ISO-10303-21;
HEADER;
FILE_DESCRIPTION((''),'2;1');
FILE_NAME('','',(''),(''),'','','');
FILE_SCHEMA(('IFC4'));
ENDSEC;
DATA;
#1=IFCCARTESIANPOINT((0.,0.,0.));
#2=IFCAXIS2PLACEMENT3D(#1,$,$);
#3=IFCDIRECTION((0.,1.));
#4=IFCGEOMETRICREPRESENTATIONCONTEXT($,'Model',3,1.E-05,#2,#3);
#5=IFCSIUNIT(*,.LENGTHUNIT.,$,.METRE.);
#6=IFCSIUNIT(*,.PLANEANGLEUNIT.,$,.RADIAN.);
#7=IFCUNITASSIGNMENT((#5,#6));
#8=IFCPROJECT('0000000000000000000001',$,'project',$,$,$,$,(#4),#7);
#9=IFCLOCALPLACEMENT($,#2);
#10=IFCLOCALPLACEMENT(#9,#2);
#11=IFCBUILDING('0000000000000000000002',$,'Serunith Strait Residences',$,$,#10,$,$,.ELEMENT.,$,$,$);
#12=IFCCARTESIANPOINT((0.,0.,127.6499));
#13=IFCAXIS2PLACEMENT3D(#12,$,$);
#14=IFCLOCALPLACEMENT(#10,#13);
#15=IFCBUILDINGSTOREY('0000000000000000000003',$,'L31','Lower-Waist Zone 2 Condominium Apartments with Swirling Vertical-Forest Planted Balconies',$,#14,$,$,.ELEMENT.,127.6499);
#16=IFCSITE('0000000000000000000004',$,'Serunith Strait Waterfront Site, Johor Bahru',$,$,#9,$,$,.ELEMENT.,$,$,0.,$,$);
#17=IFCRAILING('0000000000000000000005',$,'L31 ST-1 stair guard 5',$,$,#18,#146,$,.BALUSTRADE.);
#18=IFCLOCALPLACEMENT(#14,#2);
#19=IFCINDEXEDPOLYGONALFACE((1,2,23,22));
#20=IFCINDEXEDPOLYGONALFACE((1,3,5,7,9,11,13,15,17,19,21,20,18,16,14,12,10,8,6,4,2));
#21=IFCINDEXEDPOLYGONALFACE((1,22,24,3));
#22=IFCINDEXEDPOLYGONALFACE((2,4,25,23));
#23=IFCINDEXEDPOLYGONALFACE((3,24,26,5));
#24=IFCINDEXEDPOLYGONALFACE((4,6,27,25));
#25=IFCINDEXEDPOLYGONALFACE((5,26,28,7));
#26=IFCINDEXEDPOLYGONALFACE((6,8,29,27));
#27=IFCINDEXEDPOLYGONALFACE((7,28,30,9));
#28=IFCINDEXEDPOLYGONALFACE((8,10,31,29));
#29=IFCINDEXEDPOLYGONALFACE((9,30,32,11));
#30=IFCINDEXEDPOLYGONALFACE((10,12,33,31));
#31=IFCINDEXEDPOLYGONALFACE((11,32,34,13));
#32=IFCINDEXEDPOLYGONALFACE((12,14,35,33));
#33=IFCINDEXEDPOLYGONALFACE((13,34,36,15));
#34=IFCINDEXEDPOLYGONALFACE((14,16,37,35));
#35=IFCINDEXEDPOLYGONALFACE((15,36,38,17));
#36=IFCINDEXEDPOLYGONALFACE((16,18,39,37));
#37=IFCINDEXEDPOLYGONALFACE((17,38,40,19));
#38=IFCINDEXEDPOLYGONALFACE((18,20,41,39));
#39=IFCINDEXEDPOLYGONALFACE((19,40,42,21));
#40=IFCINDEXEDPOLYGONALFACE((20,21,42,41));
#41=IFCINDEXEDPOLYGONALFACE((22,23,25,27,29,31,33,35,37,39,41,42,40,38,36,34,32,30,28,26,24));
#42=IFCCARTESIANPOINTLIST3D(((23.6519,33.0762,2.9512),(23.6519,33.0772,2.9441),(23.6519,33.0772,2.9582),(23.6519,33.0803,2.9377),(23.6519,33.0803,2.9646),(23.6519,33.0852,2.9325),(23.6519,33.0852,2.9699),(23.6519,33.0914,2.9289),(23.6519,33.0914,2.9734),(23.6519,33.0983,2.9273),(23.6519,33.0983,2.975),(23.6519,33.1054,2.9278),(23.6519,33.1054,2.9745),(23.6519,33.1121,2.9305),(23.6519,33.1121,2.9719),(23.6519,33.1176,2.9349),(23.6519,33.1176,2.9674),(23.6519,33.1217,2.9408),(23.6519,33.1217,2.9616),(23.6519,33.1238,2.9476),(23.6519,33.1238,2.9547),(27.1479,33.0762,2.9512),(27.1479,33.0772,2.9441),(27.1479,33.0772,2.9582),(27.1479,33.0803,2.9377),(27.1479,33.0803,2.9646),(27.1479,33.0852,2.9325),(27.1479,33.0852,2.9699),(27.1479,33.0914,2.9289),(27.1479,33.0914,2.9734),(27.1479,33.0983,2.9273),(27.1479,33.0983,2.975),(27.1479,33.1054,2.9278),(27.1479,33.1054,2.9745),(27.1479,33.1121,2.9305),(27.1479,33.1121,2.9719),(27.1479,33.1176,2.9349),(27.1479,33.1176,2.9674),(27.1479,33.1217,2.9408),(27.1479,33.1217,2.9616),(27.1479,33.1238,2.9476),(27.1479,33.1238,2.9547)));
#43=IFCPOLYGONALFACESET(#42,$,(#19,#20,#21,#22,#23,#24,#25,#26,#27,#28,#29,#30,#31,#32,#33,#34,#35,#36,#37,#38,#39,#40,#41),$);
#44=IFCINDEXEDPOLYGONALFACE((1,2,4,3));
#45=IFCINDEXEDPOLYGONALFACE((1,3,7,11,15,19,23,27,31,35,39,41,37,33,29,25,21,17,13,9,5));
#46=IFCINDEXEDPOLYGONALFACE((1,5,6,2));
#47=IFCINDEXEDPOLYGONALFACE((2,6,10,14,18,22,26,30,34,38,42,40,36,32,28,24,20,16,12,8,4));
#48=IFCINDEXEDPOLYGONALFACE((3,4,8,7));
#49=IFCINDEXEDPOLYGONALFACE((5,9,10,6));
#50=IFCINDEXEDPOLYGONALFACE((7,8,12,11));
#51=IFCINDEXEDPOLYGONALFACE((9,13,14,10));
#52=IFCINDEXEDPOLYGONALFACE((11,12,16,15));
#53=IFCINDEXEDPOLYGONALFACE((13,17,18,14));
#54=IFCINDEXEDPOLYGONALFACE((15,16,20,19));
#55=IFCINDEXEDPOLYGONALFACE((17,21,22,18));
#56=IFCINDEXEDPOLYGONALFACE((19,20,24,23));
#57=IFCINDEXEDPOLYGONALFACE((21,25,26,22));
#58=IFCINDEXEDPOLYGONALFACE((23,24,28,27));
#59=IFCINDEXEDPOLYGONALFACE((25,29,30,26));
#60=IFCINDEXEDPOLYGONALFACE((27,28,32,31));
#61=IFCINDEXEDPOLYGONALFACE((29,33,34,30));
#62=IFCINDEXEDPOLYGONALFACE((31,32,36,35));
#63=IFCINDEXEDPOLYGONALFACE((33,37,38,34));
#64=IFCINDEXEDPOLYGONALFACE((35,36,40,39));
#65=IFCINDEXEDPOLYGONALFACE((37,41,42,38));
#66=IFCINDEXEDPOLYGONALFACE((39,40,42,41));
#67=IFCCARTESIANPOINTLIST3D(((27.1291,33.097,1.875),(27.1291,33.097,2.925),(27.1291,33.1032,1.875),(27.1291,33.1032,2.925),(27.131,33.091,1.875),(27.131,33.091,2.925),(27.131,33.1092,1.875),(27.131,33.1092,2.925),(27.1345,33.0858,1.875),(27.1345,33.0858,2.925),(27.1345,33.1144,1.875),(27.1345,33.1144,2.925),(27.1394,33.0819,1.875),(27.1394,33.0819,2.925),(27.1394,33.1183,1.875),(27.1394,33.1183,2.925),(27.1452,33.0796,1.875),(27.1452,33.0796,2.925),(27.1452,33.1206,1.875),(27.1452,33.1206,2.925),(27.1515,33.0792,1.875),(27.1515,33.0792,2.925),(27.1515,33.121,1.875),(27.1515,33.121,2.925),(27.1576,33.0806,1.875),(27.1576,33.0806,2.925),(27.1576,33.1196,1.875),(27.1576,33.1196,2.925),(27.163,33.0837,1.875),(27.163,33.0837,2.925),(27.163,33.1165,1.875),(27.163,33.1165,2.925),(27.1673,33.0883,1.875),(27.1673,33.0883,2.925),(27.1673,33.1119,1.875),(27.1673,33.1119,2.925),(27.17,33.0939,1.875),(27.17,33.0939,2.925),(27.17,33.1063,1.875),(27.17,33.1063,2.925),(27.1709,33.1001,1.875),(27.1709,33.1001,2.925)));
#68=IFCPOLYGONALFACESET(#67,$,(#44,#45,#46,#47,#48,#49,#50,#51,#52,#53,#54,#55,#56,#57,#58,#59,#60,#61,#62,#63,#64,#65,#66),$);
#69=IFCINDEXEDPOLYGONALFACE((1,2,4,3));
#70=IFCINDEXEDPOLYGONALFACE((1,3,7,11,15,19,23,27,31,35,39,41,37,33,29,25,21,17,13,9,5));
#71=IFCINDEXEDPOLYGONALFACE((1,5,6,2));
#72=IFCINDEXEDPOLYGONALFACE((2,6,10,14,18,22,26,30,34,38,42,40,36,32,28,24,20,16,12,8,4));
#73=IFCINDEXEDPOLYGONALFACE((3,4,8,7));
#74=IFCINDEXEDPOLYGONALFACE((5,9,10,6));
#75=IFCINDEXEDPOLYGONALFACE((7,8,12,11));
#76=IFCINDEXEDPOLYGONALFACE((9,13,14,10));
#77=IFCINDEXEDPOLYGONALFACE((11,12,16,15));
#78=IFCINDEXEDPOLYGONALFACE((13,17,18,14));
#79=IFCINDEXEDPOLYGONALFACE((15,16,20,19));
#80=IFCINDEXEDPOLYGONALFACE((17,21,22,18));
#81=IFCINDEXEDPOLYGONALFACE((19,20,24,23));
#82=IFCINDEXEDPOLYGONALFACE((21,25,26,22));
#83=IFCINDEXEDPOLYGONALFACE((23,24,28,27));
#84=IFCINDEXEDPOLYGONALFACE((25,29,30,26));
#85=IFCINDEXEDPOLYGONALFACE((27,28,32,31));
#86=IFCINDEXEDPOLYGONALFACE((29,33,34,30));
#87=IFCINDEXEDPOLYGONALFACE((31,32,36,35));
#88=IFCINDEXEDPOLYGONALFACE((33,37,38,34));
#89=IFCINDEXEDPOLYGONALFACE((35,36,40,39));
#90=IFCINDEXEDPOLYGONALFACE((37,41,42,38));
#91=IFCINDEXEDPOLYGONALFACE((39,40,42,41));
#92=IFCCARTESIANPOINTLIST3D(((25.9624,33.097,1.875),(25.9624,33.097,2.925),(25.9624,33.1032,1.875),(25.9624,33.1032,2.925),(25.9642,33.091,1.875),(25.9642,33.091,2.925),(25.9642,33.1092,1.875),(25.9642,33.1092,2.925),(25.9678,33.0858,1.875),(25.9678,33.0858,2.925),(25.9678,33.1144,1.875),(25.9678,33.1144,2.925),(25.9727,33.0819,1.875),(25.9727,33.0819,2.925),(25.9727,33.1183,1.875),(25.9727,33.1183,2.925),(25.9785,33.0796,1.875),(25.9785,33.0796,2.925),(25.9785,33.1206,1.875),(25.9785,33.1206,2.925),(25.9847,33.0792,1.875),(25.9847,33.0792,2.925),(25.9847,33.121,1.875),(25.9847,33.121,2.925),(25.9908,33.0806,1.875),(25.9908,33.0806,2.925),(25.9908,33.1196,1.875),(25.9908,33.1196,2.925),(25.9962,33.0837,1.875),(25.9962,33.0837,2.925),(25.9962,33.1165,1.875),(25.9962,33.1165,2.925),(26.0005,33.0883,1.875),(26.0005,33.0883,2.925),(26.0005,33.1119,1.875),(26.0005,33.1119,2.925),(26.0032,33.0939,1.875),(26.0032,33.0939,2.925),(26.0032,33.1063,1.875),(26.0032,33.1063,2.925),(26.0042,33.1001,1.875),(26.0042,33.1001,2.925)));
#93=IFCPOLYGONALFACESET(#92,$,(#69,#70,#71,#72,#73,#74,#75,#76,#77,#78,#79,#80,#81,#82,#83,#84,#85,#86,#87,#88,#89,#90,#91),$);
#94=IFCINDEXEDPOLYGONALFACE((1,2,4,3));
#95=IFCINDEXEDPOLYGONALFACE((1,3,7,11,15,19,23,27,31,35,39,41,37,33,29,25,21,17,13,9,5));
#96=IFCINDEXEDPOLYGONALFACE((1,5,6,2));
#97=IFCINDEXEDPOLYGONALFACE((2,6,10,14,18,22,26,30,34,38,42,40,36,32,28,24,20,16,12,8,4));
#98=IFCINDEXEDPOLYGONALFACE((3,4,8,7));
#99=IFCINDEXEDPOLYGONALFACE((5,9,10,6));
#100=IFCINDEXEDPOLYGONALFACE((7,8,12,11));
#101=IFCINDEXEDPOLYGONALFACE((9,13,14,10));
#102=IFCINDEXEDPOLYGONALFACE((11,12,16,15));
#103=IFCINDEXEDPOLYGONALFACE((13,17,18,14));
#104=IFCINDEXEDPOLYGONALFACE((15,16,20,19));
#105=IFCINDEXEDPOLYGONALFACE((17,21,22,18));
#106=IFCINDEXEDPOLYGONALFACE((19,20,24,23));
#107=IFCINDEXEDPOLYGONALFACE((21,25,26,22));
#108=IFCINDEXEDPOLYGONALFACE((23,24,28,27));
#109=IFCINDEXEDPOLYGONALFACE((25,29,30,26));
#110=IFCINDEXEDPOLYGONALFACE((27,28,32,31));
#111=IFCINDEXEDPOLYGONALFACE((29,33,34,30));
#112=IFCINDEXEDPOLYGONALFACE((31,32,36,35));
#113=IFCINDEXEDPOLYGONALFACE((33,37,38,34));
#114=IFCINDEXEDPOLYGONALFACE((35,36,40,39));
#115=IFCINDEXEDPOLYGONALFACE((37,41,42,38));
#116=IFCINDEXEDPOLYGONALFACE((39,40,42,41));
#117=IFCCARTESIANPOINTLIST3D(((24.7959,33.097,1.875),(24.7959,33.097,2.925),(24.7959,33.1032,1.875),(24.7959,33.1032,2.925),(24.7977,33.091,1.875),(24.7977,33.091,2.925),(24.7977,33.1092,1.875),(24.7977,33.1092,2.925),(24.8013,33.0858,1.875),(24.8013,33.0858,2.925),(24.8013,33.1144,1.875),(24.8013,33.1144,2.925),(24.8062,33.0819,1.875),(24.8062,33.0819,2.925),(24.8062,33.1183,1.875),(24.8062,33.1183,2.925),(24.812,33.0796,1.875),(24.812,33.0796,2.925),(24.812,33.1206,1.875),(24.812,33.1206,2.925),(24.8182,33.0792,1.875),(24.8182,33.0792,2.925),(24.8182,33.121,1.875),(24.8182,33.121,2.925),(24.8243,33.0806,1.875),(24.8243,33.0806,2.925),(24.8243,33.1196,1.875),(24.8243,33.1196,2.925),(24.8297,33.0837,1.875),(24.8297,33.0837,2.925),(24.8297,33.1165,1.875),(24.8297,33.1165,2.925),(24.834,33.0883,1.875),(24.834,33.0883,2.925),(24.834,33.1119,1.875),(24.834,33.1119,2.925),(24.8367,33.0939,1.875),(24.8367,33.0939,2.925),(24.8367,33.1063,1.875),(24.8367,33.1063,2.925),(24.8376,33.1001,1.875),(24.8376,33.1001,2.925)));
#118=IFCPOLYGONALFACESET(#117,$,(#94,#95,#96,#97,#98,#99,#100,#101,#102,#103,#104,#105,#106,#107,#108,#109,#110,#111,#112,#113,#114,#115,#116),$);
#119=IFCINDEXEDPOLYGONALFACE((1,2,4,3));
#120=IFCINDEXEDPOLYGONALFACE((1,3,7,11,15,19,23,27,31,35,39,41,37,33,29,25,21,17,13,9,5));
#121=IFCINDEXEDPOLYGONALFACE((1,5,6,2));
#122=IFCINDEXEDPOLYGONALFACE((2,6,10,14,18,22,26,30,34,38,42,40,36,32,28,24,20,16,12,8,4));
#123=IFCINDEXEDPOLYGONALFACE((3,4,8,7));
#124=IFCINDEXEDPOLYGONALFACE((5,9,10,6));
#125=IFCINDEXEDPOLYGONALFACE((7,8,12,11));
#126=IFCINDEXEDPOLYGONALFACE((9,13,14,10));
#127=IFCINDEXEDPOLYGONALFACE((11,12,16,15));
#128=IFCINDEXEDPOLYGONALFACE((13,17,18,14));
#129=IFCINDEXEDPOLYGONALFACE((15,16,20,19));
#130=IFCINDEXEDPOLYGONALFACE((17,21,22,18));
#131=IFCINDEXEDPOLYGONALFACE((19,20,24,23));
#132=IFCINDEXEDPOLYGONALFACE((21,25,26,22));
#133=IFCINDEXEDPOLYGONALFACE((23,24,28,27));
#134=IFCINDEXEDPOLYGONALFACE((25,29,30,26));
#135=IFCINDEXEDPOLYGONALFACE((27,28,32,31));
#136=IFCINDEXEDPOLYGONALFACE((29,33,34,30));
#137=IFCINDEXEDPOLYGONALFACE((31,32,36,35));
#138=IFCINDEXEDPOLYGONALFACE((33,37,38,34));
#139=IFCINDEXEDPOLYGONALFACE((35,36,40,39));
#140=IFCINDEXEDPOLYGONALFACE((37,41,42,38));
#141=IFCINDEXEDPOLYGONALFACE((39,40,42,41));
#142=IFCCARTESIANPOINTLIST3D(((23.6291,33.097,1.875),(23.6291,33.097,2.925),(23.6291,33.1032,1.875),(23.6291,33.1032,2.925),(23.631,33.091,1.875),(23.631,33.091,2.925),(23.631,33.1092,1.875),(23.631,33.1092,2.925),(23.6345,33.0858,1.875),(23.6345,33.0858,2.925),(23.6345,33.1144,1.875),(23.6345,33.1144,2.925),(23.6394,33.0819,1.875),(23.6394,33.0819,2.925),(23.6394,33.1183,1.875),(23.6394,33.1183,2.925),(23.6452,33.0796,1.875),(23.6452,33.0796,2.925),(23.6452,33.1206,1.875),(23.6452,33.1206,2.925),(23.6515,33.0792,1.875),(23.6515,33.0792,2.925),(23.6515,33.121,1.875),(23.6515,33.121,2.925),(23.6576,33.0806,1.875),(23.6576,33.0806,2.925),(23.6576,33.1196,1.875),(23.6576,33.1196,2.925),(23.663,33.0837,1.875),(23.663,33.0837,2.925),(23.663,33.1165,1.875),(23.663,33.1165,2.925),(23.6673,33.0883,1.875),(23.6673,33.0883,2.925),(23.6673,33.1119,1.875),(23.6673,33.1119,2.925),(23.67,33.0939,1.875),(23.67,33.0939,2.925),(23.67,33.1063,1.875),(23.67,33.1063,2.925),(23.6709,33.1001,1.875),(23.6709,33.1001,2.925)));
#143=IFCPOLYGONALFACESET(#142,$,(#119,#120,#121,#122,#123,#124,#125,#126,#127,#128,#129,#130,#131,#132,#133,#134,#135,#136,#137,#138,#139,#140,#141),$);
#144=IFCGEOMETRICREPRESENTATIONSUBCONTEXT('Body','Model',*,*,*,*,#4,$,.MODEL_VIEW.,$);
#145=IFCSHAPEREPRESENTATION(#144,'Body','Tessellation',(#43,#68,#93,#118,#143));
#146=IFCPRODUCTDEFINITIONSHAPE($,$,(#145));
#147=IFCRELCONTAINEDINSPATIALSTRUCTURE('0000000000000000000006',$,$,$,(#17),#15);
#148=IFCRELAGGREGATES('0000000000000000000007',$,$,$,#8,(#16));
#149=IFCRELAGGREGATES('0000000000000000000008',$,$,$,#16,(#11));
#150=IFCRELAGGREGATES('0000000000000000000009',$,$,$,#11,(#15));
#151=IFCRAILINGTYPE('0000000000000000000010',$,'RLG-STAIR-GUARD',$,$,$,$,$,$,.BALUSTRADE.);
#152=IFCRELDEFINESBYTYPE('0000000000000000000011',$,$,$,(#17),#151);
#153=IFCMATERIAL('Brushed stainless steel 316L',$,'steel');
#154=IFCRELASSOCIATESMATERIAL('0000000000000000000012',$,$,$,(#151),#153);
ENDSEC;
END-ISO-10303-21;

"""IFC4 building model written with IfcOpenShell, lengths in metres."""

from ifc_helpers import new_model, si_unit, direction, frame, origin, origin_2d, place, context, subcontext, project, spatial, circle, extrude, material, type_object, element, save


model = new_model("IFC4")

# Units and contexts
model_context = context("Model", 3, precision=1e-05, world=origin(), true_north=direction((0.0, 1.0)))
body_context = subcontext(model_context, "Body", "Model", "MODEL_VIEW")
ifc_project = project(units=[si_unit("LENGTHUNIT", "METRE"), si_unit("PLANEANGLEUNIT", "RADIAN")], contexts=[model_context])

# Site, building, storey
site_placement = place(None, origin())
site = spatial("IfcSite", under=ifc_project, at=site_placement, Name="Serunith Strait Waterfront Site, Johor Bahru", CompositionType="ELEMENT", RefElevation=0.0)
building_placement = place(site_placement, origin())
building = spatial("IfcBuilding", under=site, at=building_placement, Name="Serunith Strait Residences", CompositionType="ELEMENT")
storey_placement = place(building_placement, frame((0.0, 0.0, 127.6499)))
storey = spatial("IfcBuildingStorey", under=building, at=storey_placement, Name="L31", Description="Lower-Waist Zone 2 Condominium Apartments with Swirling Vertical-Forest Planted Balconies", CompositionType="ELEMENT", Elevation=127.6499)

# Railing
ifc_material_1 = material(Name="Brushed stainless steel 316L", Category="steel")
railing_type_1 = type_object("IfcRailingType", Name="RLG-STAIR-GUARD", PredefinedType="BALUSTRADE", material=ifc_material_1)
railing_1_placement = place(storey_placement, frame((27.1499, 33.1001, 1.875)))
element("IfcRailing", 1, at=railing_1_placement, inside=storey, type_object=railing_type_1, Name="L31 ST-1 stair guard 5", PredefinedType="BALUSTRADE", context=body_context, shape_type="SweptSolid", body=[
    extrude(circle(Radius=0.0239, at=origin_2d()), frame((-0.002, 0.0, 1.0762), z_axis=(-1.0, 0.0, 0.0), x_axis=(0.0, -1.0, 0.0)), (0.0, 0.0, 1.0), 3.4961),
    extrude(circle(Radius=0.021, at=origin_2d()), origin(), (0.0, 0.0, 1.0), 1.05),
    extrude(circle(Radius=0.021, at=origin_2d()), frame((-1.1667, 0.0, 0.0)), (0.0, 0.0, 1.0), 1.05),
    extrude(circle(Radius=0.021, at=origin_2d()), frame((-2.3333, 0.0, 0.0)), (0.0, 0.0, 1.0), 1.05),
    extrude(circle(Radius=0.021, at=origin_2d()), frame((-3.5, 0.0, 0.0)), (0.0, 0.0, 1.0), 1.05),
])

save(model, "model.ifc")
